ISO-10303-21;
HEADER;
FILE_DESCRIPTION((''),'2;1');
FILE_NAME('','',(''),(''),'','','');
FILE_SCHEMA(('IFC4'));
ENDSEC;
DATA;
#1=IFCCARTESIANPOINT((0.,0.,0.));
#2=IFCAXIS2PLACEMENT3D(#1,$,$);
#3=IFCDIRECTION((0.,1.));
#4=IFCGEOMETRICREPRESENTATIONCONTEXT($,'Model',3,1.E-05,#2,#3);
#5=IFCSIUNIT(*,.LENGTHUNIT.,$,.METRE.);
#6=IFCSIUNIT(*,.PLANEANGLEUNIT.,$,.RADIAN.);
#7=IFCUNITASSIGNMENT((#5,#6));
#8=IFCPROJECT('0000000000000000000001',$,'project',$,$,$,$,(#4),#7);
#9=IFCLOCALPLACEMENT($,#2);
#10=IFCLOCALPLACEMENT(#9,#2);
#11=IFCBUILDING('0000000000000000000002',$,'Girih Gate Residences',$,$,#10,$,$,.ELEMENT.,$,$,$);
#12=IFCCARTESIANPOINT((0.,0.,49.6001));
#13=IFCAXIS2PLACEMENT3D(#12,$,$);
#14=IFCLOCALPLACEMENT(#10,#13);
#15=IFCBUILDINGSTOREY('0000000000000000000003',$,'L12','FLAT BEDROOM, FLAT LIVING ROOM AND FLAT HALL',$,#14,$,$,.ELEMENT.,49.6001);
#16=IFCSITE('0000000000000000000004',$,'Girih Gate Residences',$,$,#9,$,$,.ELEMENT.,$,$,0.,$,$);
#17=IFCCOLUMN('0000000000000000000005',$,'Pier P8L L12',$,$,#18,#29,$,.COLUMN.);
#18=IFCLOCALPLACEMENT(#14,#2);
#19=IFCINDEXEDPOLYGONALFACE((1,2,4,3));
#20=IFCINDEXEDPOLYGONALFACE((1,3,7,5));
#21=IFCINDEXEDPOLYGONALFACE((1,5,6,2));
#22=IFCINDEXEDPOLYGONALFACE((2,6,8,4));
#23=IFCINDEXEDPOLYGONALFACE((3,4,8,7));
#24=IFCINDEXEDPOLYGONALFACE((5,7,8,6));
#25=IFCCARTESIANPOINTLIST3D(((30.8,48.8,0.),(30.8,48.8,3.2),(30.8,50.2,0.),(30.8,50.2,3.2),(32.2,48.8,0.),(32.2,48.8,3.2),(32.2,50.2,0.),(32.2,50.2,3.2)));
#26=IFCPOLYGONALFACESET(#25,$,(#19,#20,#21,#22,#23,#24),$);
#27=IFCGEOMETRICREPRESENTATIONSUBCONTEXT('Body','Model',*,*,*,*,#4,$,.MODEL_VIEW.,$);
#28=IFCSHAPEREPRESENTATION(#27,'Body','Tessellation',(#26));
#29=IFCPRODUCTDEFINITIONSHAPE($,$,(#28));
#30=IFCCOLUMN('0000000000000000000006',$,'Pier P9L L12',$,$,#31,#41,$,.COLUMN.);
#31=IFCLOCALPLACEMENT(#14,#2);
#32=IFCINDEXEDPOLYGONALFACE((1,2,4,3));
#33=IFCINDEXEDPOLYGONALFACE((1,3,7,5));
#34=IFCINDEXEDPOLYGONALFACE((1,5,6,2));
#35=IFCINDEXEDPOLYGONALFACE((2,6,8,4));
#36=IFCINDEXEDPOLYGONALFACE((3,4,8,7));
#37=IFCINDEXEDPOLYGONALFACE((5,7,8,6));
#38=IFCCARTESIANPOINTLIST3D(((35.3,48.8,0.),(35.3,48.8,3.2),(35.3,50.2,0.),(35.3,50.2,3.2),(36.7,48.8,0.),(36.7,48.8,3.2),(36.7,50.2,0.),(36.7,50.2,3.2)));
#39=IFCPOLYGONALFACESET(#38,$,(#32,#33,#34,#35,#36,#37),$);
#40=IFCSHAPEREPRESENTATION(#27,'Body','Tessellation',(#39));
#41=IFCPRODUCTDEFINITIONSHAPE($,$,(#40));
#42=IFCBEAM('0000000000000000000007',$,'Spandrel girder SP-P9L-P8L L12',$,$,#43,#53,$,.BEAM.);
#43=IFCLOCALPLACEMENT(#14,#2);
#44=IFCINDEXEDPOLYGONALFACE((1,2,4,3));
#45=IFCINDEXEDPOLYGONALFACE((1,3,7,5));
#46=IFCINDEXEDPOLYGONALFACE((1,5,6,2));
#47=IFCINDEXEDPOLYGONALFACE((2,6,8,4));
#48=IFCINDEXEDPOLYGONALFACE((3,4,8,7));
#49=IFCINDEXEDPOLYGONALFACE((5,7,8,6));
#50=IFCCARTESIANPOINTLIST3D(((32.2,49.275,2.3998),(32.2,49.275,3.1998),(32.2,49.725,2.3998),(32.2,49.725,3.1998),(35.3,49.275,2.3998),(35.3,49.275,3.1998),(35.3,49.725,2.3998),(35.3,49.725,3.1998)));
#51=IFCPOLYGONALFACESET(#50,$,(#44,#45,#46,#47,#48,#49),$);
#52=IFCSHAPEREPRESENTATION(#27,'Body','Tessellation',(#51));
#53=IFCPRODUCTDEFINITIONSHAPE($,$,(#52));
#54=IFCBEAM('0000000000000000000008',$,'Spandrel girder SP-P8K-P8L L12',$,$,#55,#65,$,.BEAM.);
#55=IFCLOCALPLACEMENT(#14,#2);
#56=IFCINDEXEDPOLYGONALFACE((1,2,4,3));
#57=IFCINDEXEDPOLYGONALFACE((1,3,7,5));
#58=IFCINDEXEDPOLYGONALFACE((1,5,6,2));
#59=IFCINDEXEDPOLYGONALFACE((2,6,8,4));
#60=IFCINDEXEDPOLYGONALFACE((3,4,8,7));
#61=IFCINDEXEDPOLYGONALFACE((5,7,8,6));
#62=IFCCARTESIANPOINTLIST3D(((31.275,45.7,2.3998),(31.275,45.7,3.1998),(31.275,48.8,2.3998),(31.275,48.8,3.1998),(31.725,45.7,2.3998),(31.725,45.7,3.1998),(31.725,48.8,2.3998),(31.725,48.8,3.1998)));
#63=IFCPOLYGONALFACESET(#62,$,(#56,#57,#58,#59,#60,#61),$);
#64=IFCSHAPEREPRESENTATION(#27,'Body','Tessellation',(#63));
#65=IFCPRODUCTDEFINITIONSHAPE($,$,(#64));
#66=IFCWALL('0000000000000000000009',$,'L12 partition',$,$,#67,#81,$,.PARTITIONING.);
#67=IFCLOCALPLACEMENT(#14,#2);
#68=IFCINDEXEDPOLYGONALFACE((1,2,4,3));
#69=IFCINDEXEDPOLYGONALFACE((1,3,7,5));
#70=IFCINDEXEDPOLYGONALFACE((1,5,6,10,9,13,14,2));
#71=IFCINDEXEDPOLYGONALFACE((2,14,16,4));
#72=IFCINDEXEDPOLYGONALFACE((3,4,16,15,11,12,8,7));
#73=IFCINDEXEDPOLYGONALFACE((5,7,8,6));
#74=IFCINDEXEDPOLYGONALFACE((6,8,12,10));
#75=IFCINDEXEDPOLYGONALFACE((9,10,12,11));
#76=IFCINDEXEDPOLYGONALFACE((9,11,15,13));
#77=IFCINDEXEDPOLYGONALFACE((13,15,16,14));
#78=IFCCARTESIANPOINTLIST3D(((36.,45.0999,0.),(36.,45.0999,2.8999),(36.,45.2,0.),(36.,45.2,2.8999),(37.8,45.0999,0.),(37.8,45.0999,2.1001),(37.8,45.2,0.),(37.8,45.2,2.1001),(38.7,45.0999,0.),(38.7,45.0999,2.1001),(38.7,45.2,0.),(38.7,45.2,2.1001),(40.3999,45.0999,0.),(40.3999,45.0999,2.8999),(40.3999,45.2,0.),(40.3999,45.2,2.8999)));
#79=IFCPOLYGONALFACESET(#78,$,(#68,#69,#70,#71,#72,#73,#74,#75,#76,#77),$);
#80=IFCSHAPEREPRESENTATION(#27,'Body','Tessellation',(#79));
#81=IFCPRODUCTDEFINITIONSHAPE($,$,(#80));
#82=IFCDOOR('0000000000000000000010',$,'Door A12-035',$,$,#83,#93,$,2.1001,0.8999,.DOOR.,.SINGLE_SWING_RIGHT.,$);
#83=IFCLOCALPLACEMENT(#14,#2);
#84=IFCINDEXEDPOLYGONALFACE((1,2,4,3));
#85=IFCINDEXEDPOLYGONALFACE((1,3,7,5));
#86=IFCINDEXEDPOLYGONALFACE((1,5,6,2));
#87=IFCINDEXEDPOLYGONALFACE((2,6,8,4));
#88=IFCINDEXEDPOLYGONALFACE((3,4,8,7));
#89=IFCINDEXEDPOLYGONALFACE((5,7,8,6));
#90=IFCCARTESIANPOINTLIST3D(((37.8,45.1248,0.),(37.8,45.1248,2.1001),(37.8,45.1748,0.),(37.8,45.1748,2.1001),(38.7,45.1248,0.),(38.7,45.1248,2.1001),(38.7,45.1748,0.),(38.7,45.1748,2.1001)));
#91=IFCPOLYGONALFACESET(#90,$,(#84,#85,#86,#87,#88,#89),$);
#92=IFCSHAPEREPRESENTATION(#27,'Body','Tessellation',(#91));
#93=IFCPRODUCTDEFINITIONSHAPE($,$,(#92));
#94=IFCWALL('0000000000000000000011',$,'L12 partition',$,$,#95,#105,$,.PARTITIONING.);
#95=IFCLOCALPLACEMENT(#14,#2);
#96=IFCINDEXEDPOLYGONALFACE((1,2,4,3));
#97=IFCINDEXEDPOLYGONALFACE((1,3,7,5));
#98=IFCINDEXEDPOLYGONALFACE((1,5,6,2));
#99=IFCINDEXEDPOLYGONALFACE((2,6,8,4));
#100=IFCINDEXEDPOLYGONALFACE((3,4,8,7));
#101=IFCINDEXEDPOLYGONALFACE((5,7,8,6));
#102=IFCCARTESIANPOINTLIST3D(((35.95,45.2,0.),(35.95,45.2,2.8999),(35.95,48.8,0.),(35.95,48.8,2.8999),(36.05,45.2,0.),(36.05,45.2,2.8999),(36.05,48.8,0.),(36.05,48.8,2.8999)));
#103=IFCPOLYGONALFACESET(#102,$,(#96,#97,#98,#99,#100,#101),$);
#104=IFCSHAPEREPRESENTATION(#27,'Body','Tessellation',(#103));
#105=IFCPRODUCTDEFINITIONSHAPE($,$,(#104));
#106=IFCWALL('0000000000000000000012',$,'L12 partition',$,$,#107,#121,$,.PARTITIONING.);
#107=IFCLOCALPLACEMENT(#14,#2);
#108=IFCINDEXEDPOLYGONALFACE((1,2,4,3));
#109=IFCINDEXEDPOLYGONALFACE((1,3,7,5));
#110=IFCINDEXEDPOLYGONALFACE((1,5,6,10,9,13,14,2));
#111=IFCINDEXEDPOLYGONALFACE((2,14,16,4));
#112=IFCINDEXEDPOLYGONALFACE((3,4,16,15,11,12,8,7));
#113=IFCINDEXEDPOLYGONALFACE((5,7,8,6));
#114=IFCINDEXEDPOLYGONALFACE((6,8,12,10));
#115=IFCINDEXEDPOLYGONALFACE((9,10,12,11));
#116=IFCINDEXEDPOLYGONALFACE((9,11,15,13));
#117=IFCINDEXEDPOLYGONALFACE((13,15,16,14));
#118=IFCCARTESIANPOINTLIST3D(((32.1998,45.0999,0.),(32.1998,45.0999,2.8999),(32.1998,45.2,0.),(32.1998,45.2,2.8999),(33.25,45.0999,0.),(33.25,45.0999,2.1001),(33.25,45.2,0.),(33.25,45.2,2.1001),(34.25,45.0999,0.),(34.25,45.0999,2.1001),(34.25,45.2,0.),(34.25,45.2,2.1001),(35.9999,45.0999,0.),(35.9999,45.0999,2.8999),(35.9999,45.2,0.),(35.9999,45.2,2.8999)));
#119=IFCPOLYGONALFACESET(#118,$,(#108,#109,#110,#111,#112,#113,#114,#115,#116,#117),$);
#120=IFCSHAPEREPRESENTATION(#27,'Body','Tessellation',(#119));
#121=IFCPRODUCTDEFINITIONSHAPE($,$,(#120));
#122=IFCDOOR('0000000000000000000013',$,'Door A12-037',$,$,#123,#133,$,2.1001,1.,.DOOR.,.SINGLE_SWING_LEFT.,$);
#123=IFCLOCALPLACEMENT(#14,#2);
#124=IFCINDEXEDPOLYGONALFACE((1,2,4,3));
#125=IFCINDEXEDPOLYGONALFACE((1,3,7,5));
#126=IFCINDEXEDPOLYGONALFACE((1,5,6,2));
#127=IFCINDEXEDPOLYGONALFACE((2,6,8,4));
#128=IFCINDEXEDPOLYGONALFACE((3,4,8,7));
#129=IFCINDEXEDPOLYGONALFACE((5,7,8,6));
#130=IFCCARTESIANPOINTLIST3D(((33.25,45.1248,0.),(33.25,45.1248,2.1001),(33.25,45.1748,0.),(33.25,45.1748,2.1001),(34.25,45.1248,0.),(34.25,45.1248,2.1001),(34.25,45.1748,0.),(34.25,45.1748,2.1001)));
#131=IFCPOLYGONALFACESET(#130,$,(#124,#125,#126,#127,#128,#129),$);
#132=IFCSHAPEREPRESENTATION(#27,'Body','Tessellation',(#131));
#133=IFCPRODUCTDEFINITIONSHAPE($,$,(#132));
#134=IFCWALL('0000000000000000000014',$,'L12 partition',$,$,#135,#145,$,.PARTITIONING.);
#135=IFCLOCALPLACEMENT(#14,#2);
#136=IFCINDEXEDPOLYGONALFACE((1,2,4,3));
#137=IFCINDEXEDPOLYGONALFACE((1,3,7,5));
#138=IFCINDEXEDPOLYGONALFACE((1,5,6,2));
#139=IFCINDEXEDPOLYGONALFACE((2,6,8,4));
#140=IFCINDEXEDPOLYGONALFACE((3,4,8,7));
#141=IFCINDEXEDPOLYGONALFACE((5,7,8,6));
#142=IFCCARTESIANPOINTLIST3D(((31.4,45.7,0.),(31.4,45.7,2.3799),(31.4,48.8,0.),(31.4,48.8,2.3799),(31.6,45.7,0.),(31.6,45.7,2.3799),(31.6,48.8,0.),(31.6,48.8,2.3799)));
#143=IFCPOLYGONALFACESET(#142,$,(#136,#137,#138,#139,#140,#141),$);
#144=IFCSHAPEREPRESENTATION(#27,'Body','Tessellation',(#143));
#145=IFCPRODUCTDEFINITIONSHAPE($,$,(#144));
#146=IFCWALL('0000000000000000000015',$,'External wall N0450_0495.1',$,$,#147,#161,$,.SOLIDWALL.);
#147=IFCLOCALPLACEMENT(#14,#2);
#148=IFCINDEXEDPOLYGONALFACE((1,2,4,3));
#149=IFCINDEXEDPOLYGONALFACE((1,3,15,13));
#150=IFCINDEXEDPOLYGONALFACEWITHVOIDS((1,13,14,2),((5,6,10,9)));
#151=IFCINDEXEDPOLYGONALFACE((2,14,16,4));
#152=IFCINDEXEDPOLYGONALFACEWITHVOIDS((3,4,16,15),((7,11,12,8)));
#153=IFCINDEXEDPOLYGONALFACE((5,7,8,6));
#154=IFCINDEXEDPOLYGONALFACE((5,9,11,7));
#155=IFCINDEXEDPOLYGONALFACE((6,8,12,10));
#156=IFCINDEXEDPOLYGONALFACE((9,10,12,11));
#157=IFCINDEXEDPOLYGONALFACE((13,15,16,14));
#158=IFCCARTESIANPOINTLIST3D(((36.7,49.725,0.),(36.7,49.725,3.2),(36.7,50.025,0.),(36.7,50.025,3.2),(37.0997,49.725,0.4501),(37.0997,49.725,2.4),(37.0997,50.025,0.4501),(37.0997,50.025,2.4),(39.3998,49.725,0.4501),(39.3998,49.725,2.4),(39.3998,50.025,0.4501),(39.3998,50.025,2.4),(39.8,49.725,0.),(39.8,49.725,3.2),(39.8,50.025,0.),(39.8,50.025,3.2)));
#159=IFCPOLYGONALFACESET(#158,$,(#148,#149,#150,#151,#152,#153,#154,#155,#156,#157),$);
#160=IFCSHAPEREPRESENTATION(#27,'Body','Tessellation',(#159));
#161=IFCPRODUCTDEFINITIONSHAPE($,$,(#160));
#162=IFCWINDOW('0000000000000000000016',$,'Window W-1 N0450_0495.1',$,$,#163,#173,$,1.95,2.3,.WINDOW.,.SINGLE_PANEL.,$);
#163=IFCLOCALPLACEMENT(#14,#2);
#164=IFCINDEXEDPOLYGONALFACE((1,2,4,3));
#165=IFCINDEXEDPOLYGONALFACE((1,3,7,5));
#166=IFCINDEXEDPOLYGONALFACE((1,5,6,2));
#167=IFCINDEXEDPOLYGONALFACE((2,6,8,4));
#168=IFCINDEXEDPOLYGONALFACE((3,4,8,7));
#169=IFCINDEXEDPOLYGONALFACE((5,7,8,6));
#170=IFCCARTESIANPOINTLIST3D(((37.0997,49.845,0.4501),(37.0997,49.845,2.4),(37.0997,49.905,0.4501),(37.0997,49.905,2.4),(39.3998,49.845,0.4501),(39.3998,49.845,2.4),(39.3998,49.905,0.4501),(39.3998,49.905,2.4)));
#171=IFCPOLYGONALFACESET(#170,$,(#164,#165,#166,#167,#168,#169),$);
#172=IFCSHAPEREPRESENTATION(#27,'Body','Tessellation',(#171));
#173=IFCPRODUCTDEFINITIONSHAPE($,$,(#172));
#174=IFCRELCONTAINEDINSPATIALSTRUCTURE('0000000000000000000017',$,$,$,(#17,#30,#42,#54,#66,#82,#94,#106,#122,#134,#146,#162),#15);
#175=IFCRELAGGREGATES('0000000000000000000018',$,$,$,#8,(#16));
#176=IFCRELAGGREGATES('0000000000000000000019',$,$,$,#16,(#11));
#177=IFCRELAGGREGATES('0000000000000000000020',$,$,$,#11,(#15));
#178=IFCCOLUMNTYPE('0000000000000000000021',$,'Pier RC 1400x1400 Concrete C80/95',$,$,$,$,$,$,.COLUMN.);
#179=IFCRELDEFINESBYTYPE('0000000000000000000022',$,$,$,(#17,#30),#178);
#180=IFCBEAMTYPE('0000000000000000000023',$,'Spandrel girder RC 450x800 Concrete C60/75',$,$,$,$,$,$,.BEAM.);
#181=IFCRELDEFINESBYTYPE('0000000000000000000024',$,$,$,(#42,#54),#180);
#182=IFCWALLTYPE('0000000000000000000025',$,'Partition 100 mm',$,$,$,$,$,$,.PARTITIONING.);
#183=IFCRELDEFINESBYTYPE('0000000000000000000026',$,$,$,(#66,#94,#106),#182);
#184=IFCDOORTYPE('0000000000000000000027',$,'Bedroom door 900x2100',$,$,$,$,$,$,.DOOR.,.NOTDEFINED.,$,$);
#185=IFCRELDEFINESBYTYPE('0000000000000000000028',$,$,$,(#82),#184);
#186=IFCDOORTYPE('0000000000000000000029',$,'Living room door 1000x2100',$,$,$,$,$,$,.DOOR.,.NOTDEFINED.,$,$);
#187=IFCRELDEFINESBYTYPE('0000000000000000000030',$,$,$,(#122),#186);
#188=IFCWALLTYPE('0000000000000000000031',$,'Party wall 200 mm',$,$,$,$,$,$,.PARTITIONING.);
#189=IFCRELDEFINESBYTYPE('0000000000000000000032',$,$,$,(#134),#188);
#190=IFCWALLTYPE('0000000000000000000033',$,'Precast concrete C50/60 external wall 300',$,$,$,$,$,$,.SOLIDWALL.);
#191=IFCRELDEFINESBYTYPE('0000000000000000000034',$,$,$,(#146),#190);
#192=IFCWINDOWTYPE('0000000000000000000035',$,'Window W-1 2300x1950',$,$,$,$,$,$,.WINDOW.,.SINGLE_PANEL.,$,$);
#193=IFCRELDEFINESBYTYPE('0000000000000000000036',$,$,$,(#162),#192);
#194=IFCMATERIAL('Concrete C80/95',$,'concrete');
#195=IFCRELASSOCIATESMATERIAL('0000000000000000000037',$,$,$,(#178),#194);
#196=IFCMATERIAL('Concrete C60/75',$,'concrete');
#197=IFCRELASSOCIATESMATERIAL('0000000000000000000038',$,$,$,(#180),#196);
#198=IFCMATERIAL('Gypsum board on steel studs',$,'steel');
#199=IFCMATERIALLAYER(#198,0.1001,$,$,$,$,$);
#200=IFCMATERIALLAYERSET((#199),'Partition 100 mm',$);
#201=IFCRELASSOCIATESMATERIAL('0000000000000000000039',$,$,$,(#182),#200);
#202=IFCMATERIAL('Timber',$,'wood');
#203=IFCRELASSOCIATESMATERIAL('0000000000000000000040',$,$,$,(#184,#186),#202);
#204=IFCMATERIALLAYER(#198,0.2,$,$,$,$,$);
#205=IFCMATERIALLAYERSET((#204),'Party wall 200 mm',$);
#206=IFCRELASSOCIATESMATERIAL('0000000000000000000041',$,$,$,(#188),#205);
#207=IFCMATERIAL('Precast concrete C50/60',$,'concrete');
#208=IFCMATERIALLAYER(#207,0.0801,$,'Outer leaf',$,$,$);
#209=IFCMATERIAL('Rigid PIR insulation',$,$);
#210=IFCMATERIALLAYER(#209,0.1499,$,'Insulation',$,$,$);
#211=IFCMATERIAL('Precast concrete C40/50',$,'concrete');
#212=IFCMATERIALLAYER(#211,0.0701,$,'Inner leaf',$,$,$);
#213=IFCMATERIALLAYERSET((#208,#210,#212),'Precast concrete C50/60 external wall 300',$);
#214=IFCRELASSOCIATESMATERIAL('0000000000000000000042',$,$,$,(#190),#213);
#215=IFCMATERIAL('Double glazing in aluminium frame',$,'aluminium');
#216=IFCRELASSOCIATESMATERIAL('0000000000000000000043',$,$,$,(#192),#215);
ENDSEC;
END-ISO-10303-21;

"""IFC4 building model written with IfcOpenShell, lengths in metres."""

from ifc_helpers import new_model, si_unit, direction, frame, frame_2d, origin, origin_2d, place, context, subcontext, project, spatial, rectangle, extrude, material, layer, layer_set, material_profile, profile_set, type_object, element, fill, save


model = new_model("IFC4")

# Units and contexts
model_context = context("Model", 3, precision=1e-05, world=origin(), true_north=direction((0.0, 1.0)))
body_context = subcontext(model_context, "Body", "Model", "MODEL_VIEW")
ifc_project = project(units=[si_unit("LENGTHUNIT", "METRE"), si_unit("PLANEANGLEUNIT", "RADIAN")], contexts=[model_context])

# Site, building, storey
site_placement = place(None, origin())
site = spatial("IfcSite", under=ifc_project, at=site_placement, Name="Girih Gate Residences", CompositionType="ELEMENT", RefElevation=0.0)
building_placement = place(site_placement, origin())
building = spatial("IfcBuilding", under=site, at=building_placement, Name="Girih Gate Residences", CompositionType="ELEMENT")
storey_placement = place(building_placement, frame((0.0, 0.0, 49.6001)))
storey = spatial("IfcBuildingStorey", under=building, at=storey_placement, Name="L12", Description="FLAT BEDROOM, FLAT LIVING ROOM AND FLAT HALL", CompositionType="ELEMENT", Elevation=49.6001)

# Columns
ifc_material_1 = material(Name="Concrete C80/95", Category="concrete")
ifc_material_profile_1 = material_profile(ifc_material_1, rectangle(XDim=1.3999, YDim=1.3999, at=origin_2d()))
ifc_profile_set_1 = profile_set([ifc_material_profile_1], Name="Concrete C80/95")
column_type = type_object("IfcColumnType", Name="Pier RC 1400x1400 Concrete C80/95", PredefinedType="COLUMN", material=ifc_profile_set_1)
for number, where, z_axis, x_axis, name in (
    (1, (31.5, 49.5, 0.0), (0.0, 0.0, 1.0), (1.0, 0.0, 0.0), "Pier P8L L12"),
    (2, (36.0, 49.5, 0.0), (0.0, 0.0, 1.0), (1.0, 0.0, 0.0), "Pier P9L L12"),
):
    element("IfcColumn", number, at=place(storey_placement, frame(where, z_axis=z_axis, x_axis=x_axis)), inside=storey, type_object=column_type, Name=name, PredefinedType="COLUMN", context=body_context, shape_type="SweptSolid", body=[
        extrude(rectangle(XDim=1.3999, YDim=1.3999, at=origin_2d()), origin(), (0.0, 0.0, 1.0), 3.2),
    ])

# Beams
ifc_material_2 = material(Name="Concrete C60/75", Category="concrete")
ifc_material_profile_2 = material_profile(ifc_material_2, rectangle(XDim=0.45, YDim=0.8, at=origin_2d()))
ifc_profile_set_2 = profile_set([ifc_material_profile_2], Name="Concrete C60/75")
beam_type = type_object("IfcBeamType", Name="Spandrel girder RC 450x800 Concrete C60/75", PredefinedType="BEAM", material=ifc_profile_set_2)
for number, where, z_axis, x_axis, name in (
    (3, (35.3, 49.5, 2.7998), (-1.0, 0.0, 0.0), (0.0, -1.0, 0.0), "Spandrel girder SP-P9L-P8L L12"),
    (4, (31.5, 45.7, 2.7998), (0.0, 1.0, 0.0), (-1.0, 0.0, 0.0), "Spandrel girder SP-P8K-P8L L12"),
):
    element("IfcBeam", number, at=place(storey_placement, frame(where, z_axis=z_axis, x_axis=x_axis)), inside=storey, type_object=beam_type, Name=name, PredefinedType="BEAM", context=body_context, shape_type="SweptSolid", body=[
        extrude(rectangle(XDim=0.45, YDim=0.8, at=origin_2d()), origin(), (0.0, 0.0, 1.0), 3.1001),
    ])

# Wall, opening, door
ifc_material_3 = material(Name="Gypsum board on steel studs", Category="steel")
ifc_layer_1 = layer(ifc_material_3, 0.1001)
ifc_layer_set_1 = layer_set([ifc_layer_1], Name="Partition 100 mm")
wall_type_1 = type_object("IfcWallType", Name="Partition 100 mm", PredefinedType="PARTITIONING", material=ifc_layer_set_1)
wall_1_placement = place(storey_placement, frame((36.0, 45.1499, 0.0), z_axis=(0.0, 0.0, 1.0), x_axis=(1.0, 0.0, 0.0)))
wall_1 = element("IfcWall", 5, at=wall_1_placement, inside=storey, type_object=wall_type_1, Name="L12 partition", PredefinedType="PARTITIONING", context=body_context, shape_type="SweptSolid", body=[
    extrude(rectangle(XDim=4.3999, YDim=0.1001, at=frame_2d((2.2, 0.0))), origin(), (0.0, 0.0, 1.0), 2.8999),
])
opening_1_placement = place(wall_1_placement, frame((1.8, 0.0, 0.0)))
opening_1 = element("IfcOpeningElement", 6, at=opening_1_placement, cuts=wall_1, PredefinedType="OPENING", context=body_context, shape_type="SweptSolid", body=[
    extrude(rectangle(XDim=0.8999, YDim=2.1001, at=frame_2d((0.45, 1.05))), frame((0.0, 0.0601, 0.0), z_axis=(0.0, -1.0, 0.0), x_axis=(1.0, 0.0, 0.0)), (0.0, 0.0, 1.0), 0.1201),
])
ifc_material_4 = material(Name="Timber", Category="wood")
door_type_1 = type_object("IfcDoorType", Name="Bedroom door 900x2100", OperationType="NOTDEFINED", PredefinedType="DOOR", material=ifc_material_4)
door_1_placement = place(opening_1_placement, origin())
door_1 = element("IfcDoor", 7, at=door_1_placement, inside=storey, type_object=door_type_1, Name="Door A12-035", OperationType="SINGLE_SWING_RIGHT", OverallHeight=2.1001, OverallWidth=0.8999, PredefinedType="DOOR", context=body_context, shape_type="SweptSolid", body=[
    extrude(rectangle(XDim=0.8999, YDim=2.1001, at=frame_2d((0.45, 1.05))), frame((0.0, 0.0249, 0.0), z_axis=(0.0, -1.0, 0.0), x_axis=(1.0, 0.0, 0.0)), (0.0, 0.0, 1.0), 0.05),
])
fill(opening_1, door_1)

# Wall
wall_2_placement = place(storey_placement, frame((36.0, 45.2, 0.0), z_axis=(0.0, 0.0, 1.0), x_axis=(0.0, 1.0, 0.0)))
element("IfcWall", 8, at=wall_2_placement, inside=storey, type_object=wall_type_1, Name="L12 partition", PredefinedType="PARTITIONING", context=body_context, shape_type="SweptSolid", body=[
    extrude(rectangle(XDim=3.6001, YDim=0.1001, at=frame_2d((1.8, 0.0))), origin(), (0.0, 0.0, 1.0), 2.8999),
])

# Wall, opening, door
wall_3_placement = place(storey_placement, frame((32.2, 45.1499, 0.0), z_axis=(0.0, 0.0, 1.0), x_axis=(1.0, 0.0, 0.0)))
wall_3 = element("IfcWall", 9, at=wall_3_placement, inside=storey, type_object=wall_type_1, Name="L12 partition", PredefinedType="PARTITIONING", context=body_context, shape_type="SweptSolid", body=[
    extrude(rectangle(XDim=3.8, YDim=0.1001, at=frame_2d((1.8999, 0.0))), origin(), (0.0, 0.0, 1.0), 2.8999),
])
opening_2_placement = place(wall_3_placement, frame((1.05, 0.0, 0.0)))
opening_2 = element("IfcOpeningElement", 10, at=opening_2_placement, cuts=wall_3, PredefinedType="OPENING", context=body_context, shape_type="SweptSolid", body=[
    extrude(rectangle(XDim=1.0, YDim=2.1001, at=frame_2d((0.5, 1.05))), frame((0.0, 0.0601, 0.0), z_axis=(0.0, -1.0, 0.0), x_axis=(1.0, 0.0, 0.0)), (0.0, 0.0, 1.0), 0.1201),
])
door_type_2 = type_object("IfcDoorType", Name="Living room door 1000x2100", OperationType="NOTDEFINED", PredefinedType="DOOR", material=ifc_material_4)
door_2_placement = place(opening_2_placement, origin())
door_2 = element("IfcDoor", 11, at=door_2_placement, inside=storey, type_object=door_type_2, Name="Door A12-037", OperationType="SINGLE_SWING_LEFT", OverallHeight=2.1001, OverallWidth=1.0, PredefinedType="DOOR", context=body_context, shape_type="SweptSolid", body=[
    extrude(rectangle(XDim=1.0, YDim=2.1001, at=frame_2d((0.5, 1.05))), frame((0.0, 0.0249, 0.0), z_axis=(0.0, -1.0, 0.0), x_axis=(1.0, 0.0, 0.0)), (0.0, 0.0, 1.0), 0.05),
])
fill(opening_2, door_2)

# Wall
ifc_layer_2 = layer(ifc_material_3, 0.2)
ifc_layer_set_2 = layer_set([ifc_layer_2], Name="Party wall 200 mm")
wall_type_2 = type_object("IfcWallType", Name="Party wall 200 mm", PredefinedType="PARTITIONING", material=ifc_layer_set_2)
wall_4_placement = place(storey_placement, frame((31.5, 45.7, 0.0), z_axis=(0.0, 0.0, 1.0), x_axis=(0.0, 1.0, 0.0)))
element("IfcWall", 12, at=wall_4_placement, inside=storey, type_object=wall_type_2, Name="L12 partition", PredefinedType="PARTITIONING", context=body_context, shape_type="SweptSolid", body=[
    extrude(rectangle(XDim=3.1001, YDim=0.2, at=frame_2d((1.55, 0.0))), origin(), (0.0, 0.0, 1.0), 2.3799),
])

# Wall, opening, window
ifc_material_5 = material(Name="Precast concrete C50/60", Category="concrete")
ifc_layer_3 = layer(ifc_material_5, 0.0801, Name="Outer leaf")
ifc_material_6 = material(Name="Rigid PIR insulation")
ifc_layer_4 = layer(ifc_material_6, 0.1499, Name="Insulation")
ifc_material_7 = material(Name="Precast concrete C40/50", Category="concrete")
ifc_layer_5 = layer(ifc_material_7, 0.0701, Name="Inner leaf")
ifc_layer_set_3 = layer_set([ifc_layer_3, ifc_layer_4, ifc_layer_5], Name="Precast concrete C50/60 external wall 300")
wall_type_3 = type_object("IfcWallType", Name="Precast concrete C50/60 external wall 300", PredefinedType="SOLIDWALL", material=ifc_layer_set_3)
wall_5_placement = place(storey_placement, frame((36.7, 49.875, 0.0), z_axis=(0.0, 0.0, 1.0), x_axis=(1.0, 0.0, 0.0)))
wall_5 = element("IfcWall", 13, at=wall_5_placement, inside=storey, type_object=wall_type_3, Name="External wall N0450_0495.1", PredefinedType="SOLIDWALL", context=body_context, shape_type="SweptSolid", body=[
    extrude(rectangle(XDim=3.1001, YDim=0.3, at=frame_2d((1.55, 0.0))), origin(), (0.0, 0.0, 1.0), 3.2),
])
opening_3_placement = place(wall_5_placement, frame((0.3999, 0.0, 0.45)))
opening_3 = element("IfcOpeningElement", 14, at=opening_3_placement, cuts=wall_5, PredefinedType="OPENING", context=body_context, shape_type="SweptSolid", body=[
    extrude(rectangle(XDim=2.3, YDim=1.95, at=frame_2d((1.1499, 0.9751))), frame((0.0, 0.1599, 0.0), z_axis=(0.0, -1.0, 0.0), x_axis=(1.0, 0.0, 0.0)), (0.0, 0.0, 1.0), 0.3201),
])
ifc_material_8 = material(Name="Double glazing in aluminium frame", Category="aluminium")
window_type = type_object("IfcWindowType", Name="Window W-1 2300x1950", PartitioningType="SINGLE_PANEL", PredefinedType="WINDOW", material=ifc_material_8)
window_1_placement = place(opening_3_placement, origin())
window_1 = element("IfcWindow", 15, at=window_1_placement, inside=storey, type_object=window_type, Name="Window W-1 N0450_0495.1", OverallHeight=1.95, OverallWidth=2.3, PartitioningType="SINGLE_PANEL", PredefinedType="WINDOW", context=body_context, shape_type="SweptSolid", body=[
    extrude(rectangle(XDim=2.3, YDim=1.95, at=frame_2d((1.1499, 0.9751))), frame((0.0, 0.03, 0.0), z_axis=(0.0, -1.0, 0.0), x_axis=(1.0, 0.0, 0.0)), (0.0, 0.0, 1.0), 0.0601),
])
fill(opening_3, window_1)

save(model, "model.ifc")
